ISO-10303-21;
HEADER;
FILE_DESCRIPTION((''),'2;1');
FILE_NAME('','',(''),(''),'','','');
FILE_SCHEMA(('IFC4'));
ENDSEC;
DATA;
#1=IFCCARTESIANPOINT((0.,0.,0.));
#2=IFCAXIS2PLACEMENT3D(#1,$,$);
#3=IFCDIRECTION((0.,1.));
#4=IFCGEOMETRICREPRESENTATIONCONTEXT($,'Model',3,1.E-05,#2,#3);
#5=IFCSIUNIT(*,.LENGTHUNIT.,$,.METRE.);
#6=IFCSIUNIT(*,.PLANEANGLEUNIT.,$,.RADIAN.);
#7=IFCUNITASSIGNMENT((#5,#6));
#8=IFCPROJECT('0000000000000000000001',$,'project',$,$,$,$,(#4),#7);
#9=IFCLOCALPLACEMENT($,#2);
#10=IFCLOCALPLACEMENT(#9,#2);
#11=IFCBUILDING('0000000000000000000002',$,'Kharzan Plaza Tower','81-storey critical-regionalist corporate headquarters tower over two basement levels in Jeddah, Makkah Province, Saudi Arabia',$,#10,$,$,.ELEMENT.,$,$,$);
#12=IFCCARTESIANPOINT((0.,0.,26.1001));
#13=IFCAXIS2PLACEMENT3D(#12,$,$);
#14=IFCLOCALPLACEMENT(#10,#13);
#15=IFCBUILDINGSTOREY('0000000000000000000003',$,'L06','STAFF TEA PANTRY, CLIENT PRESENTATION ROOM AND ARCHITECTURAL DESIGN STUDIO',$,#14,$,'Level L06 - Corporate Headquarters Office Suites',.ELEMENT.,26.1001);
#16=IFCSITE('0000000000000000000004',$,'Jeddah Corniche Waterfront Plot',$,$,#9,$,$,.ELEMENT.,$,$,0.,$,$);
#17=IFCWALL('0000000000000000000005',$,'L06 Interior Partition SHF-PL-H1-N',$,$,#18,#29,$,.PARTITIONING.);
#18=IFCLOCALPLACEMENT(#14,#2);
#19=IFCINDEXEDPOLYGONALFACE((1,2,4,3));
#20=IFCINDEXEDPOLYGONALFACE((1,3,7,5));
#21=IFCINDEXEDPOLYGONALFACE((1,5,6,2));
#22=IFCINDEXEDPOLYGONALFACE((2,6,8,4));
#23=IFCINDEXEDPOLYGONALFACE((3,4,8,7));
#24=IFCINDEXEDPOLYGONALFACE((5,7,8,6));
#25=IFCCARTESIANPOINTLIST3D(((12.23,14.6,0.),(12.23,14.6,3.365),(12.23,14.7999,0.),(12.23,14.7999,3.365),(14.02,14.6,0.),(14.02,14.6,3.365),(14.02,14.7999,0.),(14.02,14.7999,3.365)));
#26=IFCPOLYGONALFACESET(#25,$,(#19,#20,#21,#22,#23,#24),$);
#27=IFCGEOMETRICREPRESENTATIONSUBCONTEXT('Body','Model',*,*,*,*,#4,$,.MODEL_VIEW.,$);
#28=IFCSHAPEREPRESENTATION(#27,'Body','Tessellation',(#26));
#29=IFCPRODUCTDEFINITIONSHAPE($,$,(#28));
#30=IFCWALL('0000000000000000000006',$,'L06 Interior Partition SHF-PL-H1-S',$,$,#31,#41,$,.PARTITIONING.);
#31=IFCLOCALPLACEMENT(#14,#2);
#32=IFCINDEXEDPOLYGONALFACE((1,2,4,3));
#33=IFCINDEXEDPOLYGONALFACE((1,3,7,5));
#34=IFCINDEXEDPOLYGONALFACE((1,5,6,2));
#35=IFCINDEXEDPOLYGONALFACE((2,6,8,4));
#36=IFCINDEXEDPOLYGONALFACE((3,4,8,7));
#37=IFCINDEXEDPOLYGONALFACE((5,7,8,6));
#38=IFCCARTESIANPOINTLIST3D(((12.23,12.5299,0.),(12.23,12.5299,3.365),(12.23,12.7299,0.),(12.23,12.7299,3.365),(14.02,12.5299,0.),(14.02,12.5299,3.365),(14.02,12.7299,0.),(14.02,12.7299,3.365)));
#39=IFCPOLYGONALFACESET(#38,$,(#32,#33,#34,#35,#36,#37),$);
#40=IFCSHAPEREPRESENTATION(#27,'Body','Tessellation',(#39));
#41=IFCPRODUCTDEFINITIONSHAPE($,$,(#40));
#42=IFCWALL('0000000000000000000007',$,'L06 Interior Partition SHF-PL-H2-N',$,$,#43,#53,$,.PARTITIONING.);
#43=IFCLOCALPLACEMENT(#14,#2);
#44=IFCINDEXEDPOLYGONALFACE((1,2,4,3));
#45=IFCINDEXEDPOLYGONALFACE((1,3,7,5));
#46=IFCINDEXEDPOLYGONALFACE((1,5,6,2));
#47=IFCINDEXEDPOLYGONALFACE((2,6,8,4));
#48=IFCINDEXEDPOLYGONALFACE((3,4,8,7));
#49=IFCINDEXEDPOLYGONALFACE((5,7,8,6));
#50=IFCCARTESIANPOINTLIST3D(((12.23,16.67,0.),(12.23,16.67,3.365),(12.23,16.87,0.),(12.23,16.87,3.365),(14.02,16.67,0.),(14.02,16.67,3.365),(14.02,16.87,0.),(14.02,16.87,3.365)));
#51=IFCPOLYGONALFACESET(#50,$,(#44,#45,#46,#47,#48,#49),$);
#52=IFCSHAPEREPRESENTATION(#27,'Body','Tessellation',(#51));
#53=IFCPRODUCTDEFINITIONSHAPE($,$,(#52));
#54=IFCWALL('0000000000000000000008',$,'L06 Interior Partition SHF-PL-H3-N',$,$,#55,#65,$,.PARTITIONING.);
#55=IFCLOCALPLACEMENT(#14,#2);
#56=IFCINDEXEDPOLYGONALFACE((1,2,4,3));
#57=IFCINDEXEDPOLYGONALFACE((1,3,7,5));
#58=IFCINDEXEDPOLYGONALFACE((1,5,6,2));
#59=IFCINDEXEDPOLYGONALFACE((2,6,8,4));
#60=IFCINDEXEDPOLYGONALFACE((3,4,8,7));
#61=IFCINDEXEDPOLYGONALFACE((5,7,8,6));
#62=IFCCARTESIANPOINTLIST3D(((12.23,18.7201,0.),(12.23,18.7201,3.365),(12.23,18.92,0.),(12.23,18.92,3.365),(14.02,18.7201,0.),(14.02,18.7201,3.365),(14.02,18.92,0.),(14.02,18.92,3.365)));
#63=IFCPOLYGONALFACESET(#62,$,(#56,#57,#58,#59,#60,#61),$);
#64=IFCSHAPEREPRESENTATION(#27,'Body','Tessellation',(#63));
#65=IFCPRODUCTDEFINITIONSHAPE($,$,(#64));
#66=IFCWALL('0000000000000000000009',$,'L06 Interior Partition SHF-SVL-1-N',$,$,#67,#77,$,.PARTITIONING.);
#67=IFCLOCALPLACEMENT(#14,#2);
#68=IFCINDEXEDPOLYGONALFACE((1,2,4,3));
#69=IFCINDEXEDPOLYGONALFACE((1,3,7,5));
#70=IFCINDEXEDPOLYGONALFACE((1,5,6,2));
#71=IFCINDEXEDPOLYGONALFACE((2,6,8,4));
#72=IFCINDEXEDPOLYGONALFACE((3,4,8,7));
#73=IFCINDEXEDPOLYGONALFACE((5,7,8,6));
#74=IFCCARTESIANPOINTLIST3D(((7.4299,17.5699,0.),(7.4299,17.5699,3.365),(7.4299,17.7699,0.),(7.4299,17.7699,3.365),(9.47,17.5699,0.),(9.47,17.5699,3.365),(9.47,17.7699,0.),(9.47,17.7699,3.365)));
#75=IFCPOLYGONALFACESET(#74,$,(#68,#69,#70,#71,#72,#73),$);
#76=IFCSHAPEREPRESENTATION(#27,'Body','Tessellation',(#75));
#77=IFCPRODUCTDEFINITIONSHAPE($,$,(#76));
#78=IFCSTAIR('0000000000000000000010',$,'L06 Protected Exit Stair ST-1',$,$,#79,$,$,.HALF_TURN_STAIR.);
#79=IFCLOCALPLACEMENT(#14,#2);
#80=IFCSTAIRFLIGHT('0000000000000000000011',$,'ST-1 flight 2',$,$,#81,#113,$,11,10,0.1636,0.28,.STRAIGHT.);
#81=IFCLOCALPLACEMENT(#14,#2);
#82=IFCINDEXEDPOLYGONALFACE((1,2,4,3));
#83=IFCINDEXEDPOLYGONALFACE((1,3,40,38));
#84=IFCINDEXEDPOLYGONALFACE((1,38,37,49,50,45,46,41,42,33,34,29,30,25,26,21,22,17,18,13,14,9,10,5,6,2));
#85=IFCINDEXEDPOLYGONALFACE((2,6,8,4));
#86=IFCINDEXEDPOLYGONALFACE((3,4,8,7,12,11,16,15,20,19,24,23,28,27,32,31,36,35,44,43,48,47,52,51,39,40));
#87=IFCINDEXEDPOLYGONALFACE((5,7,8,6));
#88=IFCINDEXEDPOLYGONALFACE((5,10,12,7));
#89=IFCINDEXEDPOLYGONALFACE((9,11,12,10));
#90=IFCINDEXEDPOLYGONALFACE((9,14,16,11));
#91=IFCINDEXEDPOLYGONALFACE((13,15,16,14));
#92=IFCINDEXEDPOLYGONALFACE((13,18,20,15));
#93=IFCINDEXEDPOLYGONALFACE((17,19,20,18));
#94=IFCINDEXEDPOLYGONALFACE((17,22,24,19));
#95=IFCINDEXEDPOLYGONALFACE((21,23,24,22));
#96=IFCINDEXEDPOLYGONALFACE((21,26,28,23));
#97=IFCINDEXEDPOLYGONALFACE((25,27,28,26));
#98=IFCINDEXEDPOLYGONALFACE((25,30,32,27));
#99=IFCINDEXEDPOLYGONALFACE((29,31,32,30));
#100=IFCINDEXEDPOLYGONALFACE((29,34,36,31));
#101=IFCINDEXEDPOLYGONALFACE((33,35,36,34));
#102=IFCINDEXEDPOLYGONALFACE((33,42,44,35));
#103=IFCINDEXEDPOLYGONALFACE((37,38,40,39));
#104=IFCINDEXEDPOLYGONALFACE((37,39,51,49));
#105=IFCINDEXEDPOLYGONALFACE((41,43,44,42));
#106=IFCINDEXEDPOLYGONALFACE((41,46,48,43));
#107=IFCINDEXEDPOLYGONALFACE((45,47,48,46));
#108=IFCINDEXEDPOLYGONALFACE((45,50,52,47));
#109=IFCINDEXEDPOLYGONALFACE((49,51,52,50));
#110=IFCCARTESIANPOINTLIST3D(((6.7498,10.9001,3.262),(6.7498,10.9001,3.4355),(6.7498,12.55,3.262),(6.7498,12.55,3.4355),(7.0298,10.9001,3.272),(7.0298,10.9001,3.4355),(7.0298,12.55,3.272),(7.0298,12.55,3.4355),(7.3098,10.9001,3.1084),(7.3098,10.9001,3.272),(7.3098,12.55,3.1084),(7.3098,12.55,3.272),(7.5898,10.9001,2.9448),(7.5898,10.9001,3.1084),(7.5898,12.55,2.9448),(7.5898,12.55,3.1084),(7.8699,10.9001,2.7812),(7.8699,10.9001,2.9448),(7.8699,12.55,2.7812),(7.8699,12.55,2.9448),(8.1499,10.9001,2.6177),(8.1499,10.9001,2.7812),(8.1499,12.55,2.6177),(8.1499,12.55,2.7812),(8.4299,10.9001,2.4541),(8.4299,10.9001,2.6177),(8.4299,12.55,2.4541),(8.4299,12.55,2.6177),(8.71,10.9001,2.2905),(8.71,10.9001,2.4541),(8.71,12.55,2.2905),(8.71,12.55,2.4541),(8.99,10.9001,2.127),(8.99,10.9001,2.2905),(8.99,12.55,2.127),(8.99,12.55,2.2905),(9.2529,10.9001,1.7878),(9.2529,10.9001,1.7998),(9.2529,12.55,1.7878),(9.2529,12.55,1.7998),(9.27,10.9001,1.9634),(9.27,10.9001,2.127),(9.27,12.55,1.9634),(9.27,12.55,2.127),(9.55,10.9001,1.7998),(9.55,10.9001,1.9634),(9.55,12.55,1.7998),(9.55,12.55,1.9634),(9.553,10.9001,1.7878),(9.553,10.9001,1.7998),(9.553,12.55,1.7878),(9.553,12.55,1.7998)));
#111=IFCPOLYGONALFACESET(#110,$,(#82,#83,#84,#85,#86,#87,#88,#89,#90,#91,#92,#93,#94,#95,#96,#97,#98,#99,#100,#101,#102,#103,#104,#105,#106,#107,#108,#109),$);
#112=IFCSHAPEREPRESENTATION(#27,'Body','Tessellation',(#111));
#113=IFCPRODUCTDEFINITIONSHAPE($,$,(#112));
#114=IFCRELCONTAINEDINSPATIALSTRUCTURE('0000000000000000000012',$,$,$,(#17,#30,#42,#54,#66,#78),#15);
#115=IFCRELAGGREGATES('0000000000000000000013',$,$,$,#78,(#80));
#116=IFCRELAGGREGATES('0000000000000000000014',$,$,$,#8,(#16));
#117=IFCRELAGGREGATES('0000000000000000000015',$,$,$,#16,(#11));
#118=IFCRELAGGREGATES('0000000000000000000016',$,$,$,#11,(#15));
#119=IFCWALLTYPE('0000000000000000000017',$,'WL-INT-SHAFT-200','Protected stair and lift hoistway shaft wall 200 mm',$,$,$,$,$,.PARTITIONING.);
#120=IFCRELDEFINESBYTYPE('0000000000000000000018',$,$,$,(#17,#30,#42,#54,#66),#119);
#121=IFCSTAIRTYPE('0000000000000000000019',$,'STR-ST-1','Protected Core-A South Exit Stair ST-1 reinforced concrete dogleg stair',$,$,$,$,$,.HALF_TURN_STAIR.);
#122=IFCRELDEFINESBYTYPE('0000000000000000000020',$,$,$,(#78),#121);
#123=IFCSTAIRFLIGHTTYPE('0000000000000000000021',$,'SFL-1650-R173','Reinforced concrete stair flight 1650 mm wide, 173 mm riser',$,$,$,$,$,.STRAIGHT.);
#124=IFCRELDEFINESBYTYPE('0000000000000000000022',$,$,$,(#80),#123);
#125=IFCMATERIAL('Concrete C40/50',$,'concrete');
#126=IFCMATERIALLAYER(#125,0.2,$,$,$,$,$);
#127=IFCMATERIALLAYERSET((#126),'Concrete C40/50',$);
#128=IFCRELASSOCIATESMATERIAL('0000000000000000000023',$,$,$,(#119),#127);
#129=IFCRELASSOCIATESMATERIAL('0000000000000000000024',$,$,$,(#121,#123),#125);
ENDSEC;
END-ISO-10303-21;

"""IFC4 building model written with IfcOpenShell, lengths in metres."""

from ifc_helpers import new_model, si_unit, direction, frame, frame_2d, origin, place, context, subcontext, project, spatial, polyline, rectangle, outline, extrude, source, transform, mapped, material, layer, layer_set, type_object, element, aggregate, save


model = new_model("IFC4")

# Units and contexts
model_context = context("Model", 3, precision=1e-05, world=origin(), true_north=direction((0.0, 1.0)))
body_context = subcontext(model_context, "Body", "Model", "MODEL_VIEW")
ifc_project = project(units=[si_unit("LENGTHUNIT", "METRE"), si_unit("PLANEANGLEUNIT", "RADIAN")], contexts=[model_context])

# Site, building, storey
site_placement = place(None, origin())
site = spatial("IfcSite", under=ifc_project, at=site_placement, Name="Jeddah Corniche Waterfront Plot", CompositionType="ELEMENT", RefElevation=0.0)
building_placement = place(site_placement, origin())
building = spatial("IfcBuilding", under=site, at=building_placement, Name="Kharzan Plaza Tower", Description="81-storey critical-regionalist corporate headquarters tower over two basement levels in Jeddah, Makkah Province, Saudi Arabia", CompositionType="ELEMENT")
storey_placement = place(building_placement, frame((0.0, 0.0, 26.1001)))
storey = spatial("IfcBuildingStorey", under=building, at=storey_placement, Name="L06", Description="STAFF TEA PANTRY, CLIENT PRESENTATION ROOM AND ARCHITECTURAL DESIGN STUDIO", LongName="Level L06 - Corporate Headquarters Office Suites", CompositionType="ELEMENT", Elevation=26.1001)

# Shared definitions
ifc_material_1 = material(Name="Concrete C40/50", Category="concrete")
ifc_layer_1 = layer(ifc_material_1, 0.2)
ifc_layer_set_1 = layer_set([ifc_layer_1], Name="Concrete C40/50")
wall_type = type_object("IfcWallType", Name="WL-INT-SHAFT-200", Description="Protected stair and lift hoistway shaft wall 200 mm", PredefinedType="PARTITIONING", material=ifc_layer_set_1)

# Walls
shared_shape_1 = source(origin(), body_context, "Body", "SweptSolid", [
    extrude(rectangle(XDim=1.79, YDim=0.2, at=frame_2d((0.895, 0.0))), origin(), (0.0, 0.0, 1.0), 3.365),
])
for number, where, z_axis, x_axis, name in (
    (1, (12.23, 14.7, 0.0), (0.0, 0.0, 1.0), (1.0, 0.0, 0.0), "L06 Interior Partition SHF-PL-H1-N"),
    (2, (12.23, 12.6299, 0.0), (0.0, 0.0, 1.0), (1.0, 0.0, 0.0), "L06 Interior Partition SHF-PL-H1-S"),
    (3, (12.23, 16.77, 0.0), (0.0, 0.0, 1.0), (1.0, 0.0, 0.0), "L06 Interior Partition SHF-PL-H2-N"),
    (4, (12.23, 18.8201, 0.0), (0.0, 0.0, 1.0), (1.0, 0.0, 0.0), "L06 Interior Partition SHF-PL-H3-N"),
):
    element("IfcWall", number, at=place(storey_placement, frame(where, z_axis=z_axis, x_axis=x_axis)), inside=storey, type_object=wall_type, Name=name, PredefinedType="PARTITIONING", context=body_context, shape_type="MappedRepresentation", body=[
        mapped(shared_shape_1, transform((0.0, 0.0, 0.0), x_axis=(1.0, 0.0, 0.0), y_axis=(0.0, 1.0, 0.0), z_axis=(0.0, 0.0, 1.0))),
    ])
shared_shape_2 = source(origin(), body_context, "Body", "SweptSolid", [
    extrude(rectangle(XDim=2.04, YDim=0.2, at=frame_2d((1.02, 0.0))), origin(), (0.0, 0.0, 1.0), 3.365),
])
wall_1_placement = place(storey_placement, frame((7.4299, 17.6699, 0.0), z_axis=(0.0, 0.0, 1.0), x_axis=(1.0, 0.0, 0.0)))
element("IfcWall", 5, at=wall_1_placement, inside=storey, type_object=wall_type, Name="L06 Interior Partition SHF-SVL-1-N", PredefinedType="PARTITIONING", context=body_context, shape_type="MappedRepresentation", body=[
    mapped(shared_shape_2, transform((0.0, 0.0, 0.0), x_axis=(1.0, 0.0, 0.0), y_axis=(0.0, 1.0, 0.0), z_axis=(0.0, 0.0, 1.0))),
])

# Stair, stair flight
stair_type = type_object("IfcStairType", Name="STR-ST-1", Description="Protected Core-A South Exit Stair ST-1 reinforced concrete dogleg stair", PredefinedType="HALF_TURN_STAIR", material=ifc_material_1)
stair_placement = place(storey_placement, origin())
stair = element("IfcStair", 6, at=stair_placement, inside=storey, type_object=stair_type, Name="L06 Protected Exit Stair ST-1", PredefinedType="HALF_TURN_STAIR")
stair_flight_type = type_object("IfcStairFlightType", Name="SFL-1650-R173", Description="Reinforced concrete stair flight 1650 mm wide, 173 mm riser", PredefinedType="STRAIGHT", material=ifc_material_1)
shared_shape_3 = source(origin(), body_context, "Body", "SweptSolid", [
    extrude(outline(polyline([(-0.0029, -0.012), (-0.0029, 0.0), (0.0, 0.0), (0.0, 0.1636), (0.28, 0.1636), (0.28, 0.3271), (0.5601, 0.3271), (0.5601, 0.4907), (0.8401, 0.4907), (0.8401, 0.6543), (1.1201, 0.6543), (1.1201, 0.8179), (1.4001, 0.8179), (1.4001, 0.9814), (1.6802, 0.9814), (1.6802, 1.145), (1.9602, 1.145), (1.9602, 1.3086), (2.2402, 1.3086), (2.2402, 1.4722), (2.5203, 1.4722), (2.5203, 1.6357), (2.8003, 1.6357), (2.8003, 1.7993), (2.8003, 1.4622), (0.2971, 0.0), (0.2971, -0.012), (-0.0029, -0.012)])), frame((0.0, 0.825, 0.0), z_axis=(0.0, -1.0, 0.0), x_axis=(1.0, 0.0, 0.0)), (0.0, 0.0, 1.0), 1.6499),
])
stair_flight_placement = place(storey_placement, frame((9.55, 11.7251, 1.7998), z_axis=(0.0, 0.0, 1.0), x_axis=(-1.0, 0.0, 0.0)))
stair_flight = element("IfcStairFlight", 7, at=stair_flight_placement, type_object=stair_flight_type, Name="ST-1 flight 2", NumberOfRisers=11, NumberOfTreads=10, PredefinedType="STRAIGHT", RiserHeight=0.1636, TreadLength=0.28, context=body_context, shape_type="MappedRepresentation", body=[
    mapped(shared_shape_3, transform((0.0, 0.0, 0.0), x_axis=(1.0, 0.0, 0.0), y_axis=(0.0, 1.0, 0.0), z_axis=(0.0, 0.0, 1.0))),
])
aggregate(stair, [stair_flight])

save(model, "model.ifc")
